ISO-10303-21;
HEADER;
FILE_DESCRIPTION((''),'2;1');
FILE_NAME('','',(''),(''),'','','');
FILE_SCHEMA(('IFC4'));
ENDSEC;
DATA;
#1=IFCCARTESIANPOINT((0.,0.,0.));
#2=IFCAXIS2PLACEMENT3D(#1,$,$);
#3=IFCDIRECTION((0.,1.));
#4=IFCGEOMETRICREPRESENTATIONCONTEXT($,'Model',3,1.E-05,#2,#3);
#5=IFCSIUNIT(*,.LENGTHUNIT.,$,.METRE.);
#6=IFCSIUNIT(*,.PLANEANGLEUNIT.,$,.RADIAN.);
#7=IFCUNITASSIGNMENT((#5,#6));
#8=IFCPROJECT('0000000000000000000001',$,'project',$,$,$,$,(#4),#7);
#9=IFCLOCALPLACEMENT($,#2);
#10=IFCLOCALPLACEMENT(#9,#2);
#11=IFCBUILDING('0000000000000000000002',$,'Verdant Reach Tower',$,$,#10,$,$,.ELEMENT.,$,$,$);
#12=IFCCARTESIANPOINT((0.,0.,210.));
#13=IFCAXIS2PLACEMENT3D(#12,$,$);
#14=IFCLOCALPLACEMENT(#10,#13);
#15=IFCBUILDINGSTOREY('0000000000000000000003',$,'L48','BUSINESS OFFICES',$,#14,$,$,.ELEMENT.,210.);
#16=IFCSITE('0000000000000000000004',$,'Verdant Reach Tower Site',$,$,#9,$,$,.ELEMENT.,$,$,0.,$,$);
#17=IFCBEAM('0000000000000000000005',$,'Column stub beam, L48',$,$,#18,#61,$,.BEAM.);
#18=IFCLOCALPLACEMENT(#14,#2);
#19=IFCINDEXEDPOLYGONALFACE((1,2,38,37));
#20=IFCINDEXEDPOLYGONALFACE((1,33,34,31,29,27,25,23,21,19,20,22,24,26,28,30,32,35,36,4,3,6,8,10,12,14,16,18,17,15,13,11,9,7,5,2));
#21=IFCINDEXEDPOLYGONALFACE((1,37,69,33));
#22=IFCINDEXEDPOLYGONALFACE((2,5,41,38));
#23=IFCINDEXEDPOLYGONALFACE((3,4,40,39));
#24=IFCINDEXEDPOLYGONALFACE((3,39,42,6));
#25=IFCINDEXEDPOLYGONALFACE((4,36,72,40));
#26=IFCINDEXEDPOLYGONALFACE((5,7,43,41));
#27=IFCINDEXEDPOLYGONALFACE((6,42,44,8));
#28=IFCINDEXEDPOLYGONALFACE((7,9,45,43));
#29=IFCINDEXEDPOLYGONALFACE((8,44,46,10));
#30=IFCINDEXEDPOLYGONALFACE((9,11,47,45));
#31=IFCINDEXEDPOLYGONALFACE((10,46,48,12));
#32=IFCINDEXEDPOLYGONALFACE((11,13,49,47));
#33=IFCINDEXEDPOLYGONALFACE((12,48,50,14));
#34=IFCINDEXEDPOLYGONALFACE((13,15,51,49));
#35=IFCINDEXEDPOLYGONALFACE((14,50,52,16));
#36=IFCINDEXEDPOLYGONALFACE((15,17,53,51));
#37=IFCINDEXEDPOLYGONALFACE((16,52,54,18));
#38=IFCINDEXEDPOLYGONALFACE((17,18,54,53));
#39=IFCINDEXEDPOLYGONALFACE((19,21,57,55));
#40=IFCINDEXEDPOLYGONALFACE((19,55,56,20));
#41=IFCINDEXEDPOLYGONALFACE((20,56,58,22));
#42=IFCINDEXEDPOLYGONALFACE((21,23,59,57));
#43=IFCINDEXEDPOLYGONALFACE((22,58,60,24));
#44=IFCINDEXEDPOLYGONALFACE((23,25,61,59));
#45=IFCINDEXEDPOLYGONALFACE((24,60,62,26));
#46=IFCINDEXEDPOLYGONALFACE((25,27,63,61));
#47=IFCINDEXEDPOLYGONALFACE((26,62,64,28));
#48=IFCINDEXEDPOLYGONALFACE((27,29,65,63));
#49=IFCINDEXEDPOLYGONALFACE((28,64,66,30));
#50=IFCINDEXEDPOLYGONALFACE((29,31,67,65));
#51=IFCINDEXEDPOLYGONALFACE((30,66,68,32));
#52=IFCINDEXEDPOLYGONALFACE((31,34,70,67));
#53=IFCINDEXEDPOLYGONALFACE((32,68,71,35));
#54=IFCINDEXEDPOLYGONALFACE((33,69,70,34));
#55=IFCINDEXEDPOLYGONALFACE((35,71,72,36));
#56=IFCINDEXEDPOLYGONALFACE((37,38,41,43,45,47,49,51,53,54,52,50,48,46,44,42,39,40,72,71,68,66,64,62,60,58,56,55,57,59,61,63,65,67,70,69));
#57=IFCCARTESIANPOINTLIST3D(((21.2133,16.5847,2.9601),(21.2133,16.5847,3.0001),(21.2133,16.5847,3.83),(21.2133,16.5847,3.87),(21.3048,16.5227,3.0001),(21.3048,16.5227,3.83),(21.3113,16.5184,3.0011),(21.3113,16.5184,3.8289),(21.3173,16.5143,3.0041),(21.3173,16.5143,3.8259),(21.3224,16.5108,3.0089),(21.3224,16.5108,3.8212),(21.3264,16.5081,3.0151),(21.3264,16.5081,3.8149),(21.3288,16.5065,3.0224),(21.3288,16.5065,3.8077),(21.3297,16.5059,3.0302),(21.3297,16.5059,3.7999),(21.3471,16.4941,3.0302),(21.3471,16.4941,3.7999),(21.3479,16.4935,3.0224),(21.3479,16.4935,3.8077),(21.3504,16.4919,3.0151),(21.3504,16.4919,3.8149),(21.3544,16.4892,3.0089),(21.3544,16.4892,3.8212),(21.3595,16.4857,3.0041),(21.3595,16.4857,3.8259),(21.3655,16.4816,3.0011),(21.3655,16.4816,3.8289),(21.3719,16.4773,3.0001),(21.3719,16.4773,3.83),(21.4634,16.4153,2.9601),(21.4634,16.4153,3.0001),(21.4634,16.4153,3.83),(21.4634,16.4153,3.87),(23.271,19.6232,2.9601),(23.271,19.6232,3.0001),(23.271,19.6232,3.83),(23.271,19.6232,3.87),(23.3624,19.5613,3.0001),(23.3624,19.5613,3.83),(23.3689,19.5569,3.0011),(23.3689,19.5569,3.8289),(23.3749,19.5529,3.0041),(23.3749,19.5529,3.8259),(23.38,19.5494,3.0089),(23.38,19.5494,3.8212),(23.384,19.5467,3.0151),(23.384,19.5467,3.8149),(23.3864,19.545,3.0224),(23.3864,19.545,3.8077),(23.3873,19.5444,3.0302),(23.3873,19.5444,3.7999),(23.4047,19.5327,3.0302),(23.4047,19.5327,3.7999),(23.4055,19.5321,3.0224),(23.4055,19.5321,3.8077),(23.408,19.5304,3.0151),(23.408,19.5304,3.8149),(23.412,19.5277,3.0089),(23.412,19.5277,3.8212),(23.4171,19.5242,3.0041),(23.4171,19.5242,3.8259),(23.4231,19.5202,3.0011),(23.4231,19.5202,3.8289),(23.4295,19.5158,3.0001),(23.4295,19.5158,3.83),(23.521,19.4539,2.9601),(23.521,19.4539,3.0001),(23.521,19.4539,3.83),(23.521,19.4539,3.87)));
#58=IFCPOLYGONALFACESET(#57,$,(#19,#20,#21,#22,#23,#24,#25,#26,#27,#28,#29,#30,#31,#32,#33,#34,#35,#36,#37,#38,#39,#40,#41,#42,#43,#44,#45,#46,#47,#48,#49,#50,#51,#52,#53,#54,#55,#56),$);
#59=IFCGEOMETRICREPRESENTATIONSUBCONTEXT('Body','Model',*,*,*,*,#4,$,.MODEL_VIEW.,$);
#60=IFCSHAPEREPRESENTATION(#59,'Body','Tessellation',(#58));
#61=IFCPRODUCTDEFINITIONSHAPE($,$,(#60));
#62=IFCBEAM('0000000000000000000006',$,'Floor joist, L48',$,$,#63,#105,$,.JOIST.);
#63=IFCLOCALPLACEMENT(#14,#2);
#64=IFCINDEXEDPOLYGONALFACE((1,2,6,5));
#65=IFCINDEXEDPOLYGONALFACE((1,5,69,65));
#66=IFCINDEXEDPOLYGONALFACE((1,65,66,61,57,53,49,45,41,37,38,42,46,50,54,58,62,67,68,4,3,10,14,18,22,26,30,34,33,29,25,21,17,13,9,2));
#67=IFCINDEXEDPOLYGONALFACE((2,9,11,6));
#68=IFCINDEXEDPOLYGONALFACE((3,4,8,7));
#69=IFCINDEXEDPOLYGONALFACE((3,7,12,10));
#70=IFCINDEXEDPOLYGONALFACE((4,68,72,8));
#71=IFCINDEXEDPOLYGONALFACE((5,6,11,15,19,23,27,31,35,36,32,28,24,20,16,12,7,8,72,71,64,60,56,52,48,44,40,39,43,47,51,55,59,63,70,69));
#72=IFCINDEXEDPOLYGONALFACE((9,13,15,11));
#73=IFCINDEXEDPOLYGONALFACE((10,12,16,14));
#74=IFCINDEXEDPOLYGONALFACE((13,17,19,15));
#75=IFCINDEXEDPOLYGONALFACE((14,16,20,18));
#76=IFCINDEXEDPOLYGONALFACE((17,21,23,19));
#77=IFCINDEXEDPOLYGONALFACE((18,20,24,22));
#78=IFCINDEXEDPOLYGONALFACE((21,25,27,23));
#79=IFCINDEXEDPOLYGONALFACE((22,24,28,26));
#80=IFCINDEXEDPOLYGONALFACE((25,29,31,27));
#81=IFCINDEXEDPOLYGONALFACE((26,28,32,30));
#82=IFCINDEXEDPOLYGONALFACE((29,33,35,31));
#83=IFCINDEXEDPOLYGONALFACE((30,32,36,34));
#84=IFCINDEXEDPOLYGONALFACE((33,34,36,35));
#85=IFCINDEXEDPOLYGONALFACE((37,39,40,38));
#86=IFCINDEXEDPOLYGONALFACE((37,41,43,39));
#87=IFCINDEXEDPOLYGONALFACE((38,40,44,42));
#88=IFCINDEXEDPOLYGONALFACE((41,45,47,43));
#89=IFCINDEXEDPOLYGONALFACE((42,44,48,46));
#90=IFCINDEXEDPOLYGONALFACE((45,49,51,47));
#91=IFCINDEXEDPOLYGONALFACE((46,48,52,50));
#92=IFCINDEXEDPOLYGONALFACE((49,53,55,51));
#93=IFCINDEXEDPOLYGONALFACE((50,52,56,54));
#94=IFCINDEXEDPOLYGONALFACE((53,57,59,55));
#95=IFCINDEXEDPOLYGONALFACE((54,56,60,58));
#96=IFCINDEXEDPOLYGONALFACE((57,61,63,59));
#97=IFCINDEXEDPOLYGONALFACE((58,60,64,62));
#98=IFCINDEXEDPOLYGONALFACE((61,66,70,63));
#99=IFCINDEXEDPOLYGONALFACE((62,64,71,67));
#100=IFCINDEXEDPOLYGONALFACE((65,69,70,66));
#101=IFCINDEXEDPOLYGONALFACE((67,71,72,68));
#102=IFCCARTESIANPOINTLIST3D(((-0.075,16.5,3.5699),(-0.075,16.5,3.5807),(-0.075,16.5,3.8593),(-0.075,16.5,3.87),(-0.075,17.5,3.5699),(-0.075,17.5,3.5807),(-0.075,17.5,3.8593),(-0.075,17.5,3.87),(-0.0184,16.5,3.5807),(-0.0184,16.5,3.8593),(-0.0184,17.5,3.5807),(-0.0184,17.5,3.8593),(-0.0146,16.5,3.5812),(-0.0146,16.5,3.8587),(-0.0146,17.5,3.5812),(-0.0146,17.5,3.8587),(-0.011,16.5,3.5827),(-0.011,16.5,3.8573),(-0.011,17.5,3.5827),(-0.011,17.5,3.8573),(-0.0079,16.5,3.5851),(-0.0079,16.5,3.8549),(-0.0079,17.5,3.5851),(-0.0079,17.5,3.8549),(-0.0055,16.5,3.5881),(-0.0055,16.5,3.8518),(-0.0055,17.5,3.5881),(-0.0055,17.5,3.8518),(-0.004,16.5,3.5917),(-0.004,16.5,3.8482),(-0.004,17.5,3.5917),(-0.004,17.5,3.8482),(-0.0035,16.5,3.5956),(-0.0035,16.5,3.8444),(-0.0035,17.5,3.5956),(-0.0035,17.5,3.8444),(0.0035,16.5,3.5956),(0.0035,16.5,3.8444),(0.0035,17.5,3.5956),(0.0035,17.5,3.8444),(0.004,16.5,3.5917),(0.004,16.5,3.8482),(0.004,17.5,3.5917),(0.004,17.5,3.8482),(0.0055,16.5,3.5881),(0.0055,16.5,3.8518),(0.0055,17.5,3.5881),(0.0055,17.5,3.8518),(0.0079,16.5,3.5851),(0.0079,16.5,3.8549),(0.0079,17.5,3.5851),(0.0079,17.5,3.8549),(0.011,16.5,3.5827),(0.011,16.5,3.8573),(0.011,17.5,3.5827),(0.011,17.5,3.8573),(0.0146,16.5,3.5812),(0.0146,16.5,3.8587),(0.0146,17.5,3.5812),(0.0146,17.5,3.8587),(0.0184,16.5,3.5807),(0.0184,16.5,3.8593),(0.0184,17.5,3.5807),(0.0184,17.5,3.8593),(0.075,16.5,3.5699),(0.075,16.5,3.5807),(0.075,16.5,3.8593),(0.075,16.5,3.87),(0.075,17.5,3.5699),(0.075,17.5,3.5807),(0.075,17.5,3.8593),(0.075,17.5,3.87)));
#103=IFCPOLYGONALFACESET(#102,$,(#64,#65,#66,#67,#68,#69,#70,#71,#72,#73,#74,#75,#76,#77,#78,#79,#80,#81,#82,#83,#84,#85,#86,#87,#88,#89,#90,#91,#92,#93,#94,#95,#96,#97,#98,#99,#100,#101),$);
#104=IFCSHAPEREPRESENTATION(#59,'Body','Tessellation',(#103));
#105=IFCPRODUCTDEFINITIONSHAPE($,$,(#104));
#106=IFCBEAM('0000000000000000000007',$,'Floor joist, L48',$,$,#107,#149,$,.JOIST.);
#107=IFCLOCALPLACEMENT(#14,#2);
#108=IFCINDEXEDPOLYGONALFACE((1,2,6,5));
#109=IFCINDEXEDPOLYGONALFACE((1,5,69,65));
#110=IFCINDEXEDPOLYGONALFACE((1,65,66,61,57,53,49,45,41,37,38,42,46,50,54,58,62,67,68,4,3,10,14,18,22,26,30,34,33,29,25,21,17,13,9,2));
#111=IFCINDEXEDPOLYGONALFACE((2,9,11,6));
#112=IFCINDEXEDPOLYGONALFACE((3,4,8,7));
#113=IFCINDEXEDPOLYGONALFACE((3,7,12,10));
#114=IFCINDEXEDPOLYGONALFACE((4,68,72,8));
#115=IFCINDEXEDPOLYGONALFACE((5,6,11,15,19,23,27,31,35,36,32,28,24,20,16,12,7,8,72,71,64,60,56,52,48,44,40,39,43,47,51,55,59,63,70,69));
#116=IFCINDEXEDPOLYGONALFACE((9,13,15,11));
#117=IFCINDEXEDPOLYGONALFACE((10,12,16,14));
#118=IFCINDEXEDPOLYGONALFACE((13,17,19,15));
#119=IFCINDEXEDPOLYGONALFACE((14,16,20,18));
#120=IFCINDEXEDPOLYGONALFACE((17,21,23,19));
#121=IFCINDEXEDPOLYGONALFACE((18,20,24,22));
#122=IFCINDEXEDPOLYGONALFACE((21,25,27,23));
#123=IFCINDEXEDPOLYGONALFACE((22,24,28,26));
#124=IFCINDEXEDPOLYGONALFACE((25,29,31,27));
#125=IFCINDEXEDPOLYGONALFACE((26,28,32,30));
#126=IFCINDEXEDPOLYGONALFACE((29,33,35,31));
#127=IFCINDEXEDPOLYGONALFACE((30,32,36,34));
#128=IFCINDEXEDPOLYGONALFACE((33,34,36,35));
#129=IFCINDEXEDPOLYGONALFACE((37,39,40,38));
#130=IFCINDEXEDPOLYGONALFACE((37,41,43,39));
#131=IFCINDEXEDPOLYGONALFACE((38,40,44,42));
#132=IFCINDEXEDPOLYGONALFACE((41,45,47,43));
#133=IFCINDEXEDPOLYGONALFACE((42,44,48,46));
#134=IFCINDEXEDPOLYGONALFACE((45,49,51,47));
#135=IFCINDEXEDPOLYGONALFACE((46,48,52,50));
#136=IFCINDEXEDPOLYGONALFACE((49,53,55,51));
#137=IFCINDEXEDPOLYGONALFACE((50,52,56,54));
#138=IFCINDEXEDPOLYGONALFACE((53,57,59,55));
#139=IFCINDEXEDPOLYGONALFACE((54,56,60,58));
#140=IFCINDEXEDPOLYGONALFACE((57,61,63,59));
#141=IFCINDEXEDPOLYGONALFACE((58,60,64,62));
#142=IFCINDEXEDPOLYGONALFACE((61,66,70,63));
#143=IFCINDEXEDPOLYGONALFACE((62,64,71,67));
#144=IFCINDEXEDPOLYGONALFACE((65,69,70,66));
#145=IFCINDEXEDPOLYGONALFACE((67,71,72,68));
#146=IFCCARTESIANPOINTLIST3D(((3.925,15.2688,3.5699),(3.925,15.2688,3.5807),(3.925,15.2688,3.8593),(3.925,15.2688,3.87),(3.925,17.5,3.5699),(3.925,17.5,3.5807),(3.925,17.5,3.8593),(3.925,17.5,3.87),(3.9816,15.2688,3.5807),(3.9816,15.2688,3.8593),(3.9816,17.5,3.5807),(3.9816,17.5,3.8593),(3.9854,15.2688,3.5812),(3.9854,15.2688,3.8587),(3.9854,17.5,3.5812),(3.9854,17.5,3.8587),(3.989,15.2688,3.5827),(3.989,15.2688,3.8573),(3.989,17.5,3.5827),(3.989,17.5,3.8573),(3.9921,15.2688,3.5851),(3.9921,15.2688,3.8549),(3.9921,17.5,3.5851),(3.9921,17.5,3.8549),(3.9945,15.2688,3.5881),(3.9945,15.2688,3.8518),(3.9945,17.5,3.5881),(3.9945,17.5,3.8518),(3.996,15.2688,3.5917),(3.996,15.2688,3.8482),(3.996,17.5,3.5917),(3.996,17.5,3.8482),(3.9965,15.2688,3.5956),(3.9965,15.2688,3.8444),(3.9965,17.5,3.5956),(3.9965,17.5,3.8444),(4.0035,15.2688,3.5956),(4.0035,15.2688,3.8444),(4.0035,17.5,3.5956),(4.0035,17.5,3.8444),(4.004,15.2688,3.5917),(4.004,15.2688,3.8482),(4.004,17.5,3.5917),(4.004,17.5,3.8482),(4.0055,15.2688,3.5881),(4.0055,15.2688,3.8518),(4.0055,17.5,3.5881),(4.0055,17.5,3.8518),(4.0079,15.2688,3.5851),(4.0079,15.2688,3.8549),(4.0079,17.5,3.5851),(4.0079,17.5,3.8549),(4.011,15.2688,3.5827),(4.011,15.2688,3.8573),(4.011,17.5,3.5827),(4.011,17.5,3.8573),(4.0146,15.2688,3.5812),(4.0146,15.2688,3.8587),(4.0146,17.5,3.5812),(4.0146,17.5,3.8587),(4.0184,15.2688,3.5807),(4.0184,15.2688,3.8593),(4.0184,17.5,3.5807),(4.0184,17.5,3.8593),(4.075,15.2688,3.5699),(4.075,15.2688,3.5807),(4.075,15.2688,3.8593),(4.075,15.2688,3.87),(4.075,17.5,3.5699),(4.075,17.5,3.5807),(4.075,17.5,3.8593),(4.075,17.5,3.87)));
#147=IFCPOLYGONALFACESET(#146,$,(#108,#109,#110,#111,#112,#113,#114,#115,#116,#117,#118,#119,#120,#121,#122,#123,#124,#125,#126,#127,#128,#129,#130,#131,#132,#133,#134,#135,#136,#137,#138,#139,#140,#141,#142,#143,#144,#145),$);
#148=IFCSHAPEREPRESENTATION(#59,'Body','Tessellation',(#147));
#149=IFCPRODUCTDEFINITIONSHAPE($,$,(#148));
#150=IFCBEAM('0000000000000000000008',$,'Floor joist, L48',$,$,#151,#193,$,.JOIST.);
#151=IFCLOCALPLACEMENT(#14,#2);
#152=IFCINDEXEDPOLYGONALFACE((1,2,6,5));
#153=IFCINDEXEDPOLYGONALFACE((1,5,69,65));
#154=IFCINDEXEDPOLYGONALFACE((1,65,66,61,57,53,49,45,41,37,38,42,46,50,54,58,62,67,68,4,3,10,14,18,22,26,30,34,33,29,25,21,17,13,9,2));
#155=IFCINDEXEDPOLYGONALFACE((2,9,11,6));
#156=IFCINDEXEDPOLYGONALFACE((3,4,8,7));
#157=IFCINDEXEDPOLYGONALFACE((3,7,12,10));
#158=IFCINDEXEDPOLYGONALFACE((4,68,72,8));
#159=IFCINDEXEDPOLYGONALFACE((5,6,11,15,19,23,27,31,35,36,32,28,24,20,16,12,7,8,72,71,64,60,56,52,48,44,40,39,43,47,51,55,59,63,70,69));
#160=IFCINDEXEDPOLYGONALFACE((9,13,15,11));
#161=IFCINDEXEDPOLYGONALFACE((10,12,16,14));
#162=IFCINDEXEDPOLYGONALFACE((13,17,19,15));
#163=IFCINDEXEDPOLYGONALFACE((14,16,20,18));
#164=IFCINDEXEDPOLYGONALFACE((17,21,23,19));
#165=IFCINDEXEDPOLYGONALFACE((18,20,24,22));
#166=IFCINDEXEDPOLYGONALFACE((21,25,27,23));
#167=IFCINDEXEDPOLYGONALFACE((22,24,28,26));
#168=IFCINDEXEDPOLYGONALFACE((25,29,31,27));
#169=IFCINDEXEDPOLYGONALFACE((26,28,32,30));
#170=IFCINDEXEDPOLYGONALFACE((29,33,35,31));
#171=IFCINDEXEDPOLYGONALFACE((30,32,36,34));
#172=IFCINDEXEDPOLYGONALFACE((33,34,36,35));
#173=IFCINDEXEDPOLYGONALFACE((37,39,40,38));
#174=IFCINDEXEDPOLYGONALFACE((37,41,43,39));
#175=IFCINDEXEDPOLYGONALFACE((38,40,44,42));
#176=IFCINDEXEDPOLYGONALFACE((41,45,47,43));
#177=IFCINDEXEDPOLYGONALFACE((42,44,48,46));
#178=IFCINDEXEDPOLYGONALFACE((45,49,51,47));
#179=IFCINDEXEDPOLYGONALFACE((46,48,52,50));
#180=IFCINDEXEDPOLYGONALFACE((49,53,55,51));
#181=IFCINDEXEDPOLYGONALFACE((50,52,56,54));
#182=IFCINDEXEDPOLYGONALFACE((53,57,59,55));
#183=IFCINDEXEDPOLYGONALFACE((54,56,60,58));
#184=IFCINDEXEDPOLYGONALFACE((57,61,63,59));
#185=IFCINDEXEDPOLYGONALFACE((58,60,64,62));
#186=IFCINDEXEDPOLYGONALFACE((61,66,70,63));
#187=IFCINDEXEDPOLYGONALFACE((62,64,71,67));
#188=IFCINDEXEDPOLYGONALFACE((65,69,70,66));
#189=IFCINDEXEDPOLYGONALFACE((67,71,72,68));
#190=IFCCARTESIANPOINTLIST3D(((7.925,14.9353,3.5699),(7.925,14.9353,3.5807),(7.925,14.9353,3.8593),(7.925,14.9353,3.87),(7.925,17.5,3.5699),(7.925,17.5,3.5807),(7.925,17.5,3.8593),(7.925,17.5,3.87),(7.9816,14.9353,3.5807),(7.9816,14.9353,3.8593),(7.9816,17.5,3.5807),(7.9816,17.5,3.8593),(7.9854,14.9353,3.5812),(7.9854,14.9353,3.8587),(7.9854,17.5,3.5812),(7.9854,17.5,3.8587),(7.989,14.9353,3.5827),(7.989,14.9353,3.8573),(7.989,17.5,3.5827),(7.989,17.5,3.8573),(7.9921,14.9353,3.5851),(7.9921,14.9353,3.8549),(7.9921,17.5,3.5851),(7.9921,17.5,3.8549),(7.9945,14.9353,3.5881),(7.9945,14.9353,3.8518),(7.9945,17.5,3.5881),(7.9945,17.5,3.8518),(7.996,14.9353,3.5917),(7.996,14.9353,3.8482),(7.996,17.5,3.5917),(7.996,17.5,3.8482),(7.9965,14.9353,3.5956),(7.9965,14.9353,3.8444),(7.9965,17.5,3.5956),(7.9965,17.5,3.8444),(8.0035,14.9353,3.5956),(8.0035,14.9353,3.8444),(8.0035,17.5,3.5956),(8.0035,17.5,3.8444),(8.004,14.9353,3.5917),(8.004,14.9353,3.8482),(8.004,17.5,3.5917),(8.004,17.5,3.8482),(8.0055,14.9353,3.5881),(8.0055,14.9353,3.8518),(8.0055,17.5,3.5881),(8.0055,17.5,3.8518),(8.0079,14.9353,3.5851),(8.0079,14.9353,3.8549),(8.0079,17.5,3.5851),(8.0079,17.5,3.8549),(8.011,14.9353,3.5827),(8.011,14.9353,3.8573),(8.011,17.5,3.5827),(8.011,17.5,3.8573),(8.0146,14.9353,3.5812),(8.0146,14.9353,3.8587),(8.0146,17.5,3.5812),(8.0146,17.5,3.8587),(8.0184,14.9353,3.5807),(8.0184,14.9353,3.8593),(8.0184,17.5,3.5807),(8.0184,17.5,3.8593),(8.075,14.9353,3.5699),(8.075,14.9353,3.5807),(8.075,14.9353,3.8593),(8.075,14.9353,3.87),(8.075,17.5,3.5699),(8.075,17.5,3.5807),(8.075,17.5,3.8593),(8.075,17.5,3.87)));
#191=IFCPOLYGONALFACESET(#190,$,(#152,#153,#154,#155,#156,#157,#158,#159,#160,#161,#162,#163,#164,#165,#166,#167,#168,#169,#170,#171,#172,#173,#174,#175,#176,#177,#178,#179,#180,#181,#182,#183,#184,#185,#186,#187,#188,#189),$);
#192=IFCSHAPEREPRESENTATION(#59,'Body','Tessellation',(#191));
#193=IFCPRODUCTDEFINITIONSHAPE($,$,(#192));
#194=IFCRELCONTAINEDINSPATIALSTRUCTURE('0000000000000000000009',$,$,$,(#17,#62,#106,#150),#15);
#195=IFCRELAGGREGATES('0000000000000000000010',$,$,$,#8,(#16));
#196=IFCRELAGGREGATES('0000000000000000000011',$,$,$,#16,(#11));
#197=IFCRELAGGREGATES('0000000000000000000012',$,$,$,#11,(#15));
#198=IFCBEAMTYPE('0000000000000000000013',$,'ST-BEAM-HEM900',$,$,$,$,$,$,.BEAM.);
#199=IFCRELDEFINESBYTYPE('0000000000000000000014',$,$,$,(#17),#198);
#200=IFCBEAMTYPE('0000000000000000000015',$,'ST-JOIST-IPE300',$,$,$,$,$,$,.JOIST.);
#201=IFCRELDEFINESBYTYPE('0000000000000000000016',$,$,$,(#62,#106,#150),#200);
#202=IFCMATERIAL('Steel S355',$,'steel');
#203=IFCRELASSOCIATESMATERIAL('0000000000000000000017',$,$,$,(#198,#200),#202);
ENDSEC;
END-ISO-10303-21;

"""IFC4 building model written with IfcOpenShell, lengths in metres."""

from ifc_helpers import new_model, si_unit, direction, frame, origin, origin_2d, place, context, subcontext, project, spatial, i_section, extrude, material, material_profile, profile_set, type_object, element, save


model = new_model("IFC4")

# Units and contexts
model_context = context("Model", 3, precision=1e-05, world=origin(), true_north=direction((0.0, 1.0)))
body_context = subcontext(model_context, "Body", "Model", "MODEL_VIEW")
ifc_project = project(units=[si_unit("LENGTHUNIT", "METRE"), si_unit("PLANEANGLEUNIT", "RADIAN")], contexts=[model_context])

# Site, building, storey
site_placement = place(None, origin())
site = spatial("IfcSite", under=ifc_project, at=site_placement, Name="Verdant Reach Tower Site", CompositionType="ELEMENT", RefElevation=0.0)
building_placement = place(site_placement, origin())
building = spatial("IfcBuilding", under=site, at=building_placement, Name="Verdant Reach Tower", CompositionType="ELEMENT")
storey_placement = place(building_placement, frame((0.0, 0.0, 210.0)))
storey = spatial("IfcBuildingStorey", under=building, at=storey_placement, Name="L48", Description="BUSINESS OFFICES", CompositionType="ELEMENT", Elevation=210.0)

# Beams
ifc_material_1 = material(Name="Steel S355", Category="steel")
ifc_material_profile_1 = material_profile(ifc_material_1, i_section(OverallWidth=0.302, OverallDepth=0.9099, WebThickness=0.021, FlangeThickness=0.04, FilletRadius=0.03, at=origin_2d()), Name="HEM 900")
ifc_profile_set_1 = profile_set([ifc_material_profile_1], Name="Steel S355")
beam_type_1 = type_object("IfcBeamType", Name="ST-BEAM-HEM900", PredefinedType="BEAM", material=ifc_profile_set_1)
beam_1_placement = place(storey_placement, frame((21.3384, 16.5, 3.415), z_axis=(0.560704, 0.828016, 0.0), x_axis=(-0.828016, 0.560704, 0.0)))
element("IfcBeam", 1, at=beam_1_placement, inside=storey, type_object=beam_type_1, Name="Column stub beam, L48", PredefinedType="BEAM", context=body_context, shape_type="SweptSolid", body=[
    extrude(i_section(OverallWidth=0.302, OverallDepth=0.9099, WebThickness=0.021, FlangeThickness=0.04, FilletRadius=0.03, at=origin_2d()), origin(), (0.0, 0.0, 1.0), 3.6697),
])
ifc_material_profile_2 = material_profile(ifc_material_1, i_section(OverallWidth=0.1499, OverallDepth=0.3, WebThickness=0.0071, FlangeThickness=0.0107, FilletRadius=0.0149, at=origin_2d()), Name="IPE 300")
ifc_profile_set_2 = profile_set([ifc_material_profile_2], Name="Steel S355")
beam_type_2 = type_object("IfcBeamType", Name="ST-JOIST-IPE300", PredefinedType="JOIST", material=ifc_profile_set_2)
beam_2_placement = place(storey_placement, frame((0.0, 17.5, 3.72), z_axis=(0.0, -1.0, 0.0), x_axis=(1.0, 0.0, 0.0)))
element("IfcBeam", 2, at=beam_2_placement, inside=storey, type_object=beam_type_2, Name="Floor joist, L48", PredefinedType="JOIST", context=body_context, shape_type="SweptSolid", body=[
    extrude(i_section(OverallWidth=0.1499, OverallDepth=0.3, WebThickness=0.0071, FlangeThickness=0.0107, FilletRadius=0.0149, at=origin_2d()), origin(), (0.0, 0.0, 1.0), 1.0),
])
beam_3_placement = place(storey_placement, frame((4.0, 17.5, 3.72), z_axis=(0.0, -1.0, 0.0), x_axis=(1.0, 0.0, 0.0)))
element("IfcBeam", 3, at=beam_3_placement, inside=storey, type_object=beam_type_2, Name="Floor joist, L48", PredefinedType="JOIST", context=body_context, shape_type="SweptSolid", body=[
    extrude(i_section(OverallWidth=0.1499, OverallDepth=0.3, WebThickness=0.0071, FlangeThickness=0.0107, FilletRadius=0.0149, at=origin_2d()), origin(), (0.0, 0.0, 1.0), 2.2312),
])
beam_4_placement = place(storey_placement, frame((8.0, 17.5, 3.72), z_axis=(0.0, -1.0, 0.0), x_axis=(1.0, 0.0, 0.0)))
element("IfcBeam", 4, at=beam_4_placement, inside=storey, type_object=beam_type_2, Name="Floor joist, L48", PredefinedType="JOIST", context=body_context, shape_type="SweptSolid", body=[
    extrude(i_section(OverallWidth=0.1499, OverallDepth=0.3, WebThickness=0.0071, FlangeThickness=0.0107, FilletRadius=0.0149, at=origin_2d()), origin(), (0.0, 0.0, 1.0), 2.5647),
])

save(model, "model.ifc")
